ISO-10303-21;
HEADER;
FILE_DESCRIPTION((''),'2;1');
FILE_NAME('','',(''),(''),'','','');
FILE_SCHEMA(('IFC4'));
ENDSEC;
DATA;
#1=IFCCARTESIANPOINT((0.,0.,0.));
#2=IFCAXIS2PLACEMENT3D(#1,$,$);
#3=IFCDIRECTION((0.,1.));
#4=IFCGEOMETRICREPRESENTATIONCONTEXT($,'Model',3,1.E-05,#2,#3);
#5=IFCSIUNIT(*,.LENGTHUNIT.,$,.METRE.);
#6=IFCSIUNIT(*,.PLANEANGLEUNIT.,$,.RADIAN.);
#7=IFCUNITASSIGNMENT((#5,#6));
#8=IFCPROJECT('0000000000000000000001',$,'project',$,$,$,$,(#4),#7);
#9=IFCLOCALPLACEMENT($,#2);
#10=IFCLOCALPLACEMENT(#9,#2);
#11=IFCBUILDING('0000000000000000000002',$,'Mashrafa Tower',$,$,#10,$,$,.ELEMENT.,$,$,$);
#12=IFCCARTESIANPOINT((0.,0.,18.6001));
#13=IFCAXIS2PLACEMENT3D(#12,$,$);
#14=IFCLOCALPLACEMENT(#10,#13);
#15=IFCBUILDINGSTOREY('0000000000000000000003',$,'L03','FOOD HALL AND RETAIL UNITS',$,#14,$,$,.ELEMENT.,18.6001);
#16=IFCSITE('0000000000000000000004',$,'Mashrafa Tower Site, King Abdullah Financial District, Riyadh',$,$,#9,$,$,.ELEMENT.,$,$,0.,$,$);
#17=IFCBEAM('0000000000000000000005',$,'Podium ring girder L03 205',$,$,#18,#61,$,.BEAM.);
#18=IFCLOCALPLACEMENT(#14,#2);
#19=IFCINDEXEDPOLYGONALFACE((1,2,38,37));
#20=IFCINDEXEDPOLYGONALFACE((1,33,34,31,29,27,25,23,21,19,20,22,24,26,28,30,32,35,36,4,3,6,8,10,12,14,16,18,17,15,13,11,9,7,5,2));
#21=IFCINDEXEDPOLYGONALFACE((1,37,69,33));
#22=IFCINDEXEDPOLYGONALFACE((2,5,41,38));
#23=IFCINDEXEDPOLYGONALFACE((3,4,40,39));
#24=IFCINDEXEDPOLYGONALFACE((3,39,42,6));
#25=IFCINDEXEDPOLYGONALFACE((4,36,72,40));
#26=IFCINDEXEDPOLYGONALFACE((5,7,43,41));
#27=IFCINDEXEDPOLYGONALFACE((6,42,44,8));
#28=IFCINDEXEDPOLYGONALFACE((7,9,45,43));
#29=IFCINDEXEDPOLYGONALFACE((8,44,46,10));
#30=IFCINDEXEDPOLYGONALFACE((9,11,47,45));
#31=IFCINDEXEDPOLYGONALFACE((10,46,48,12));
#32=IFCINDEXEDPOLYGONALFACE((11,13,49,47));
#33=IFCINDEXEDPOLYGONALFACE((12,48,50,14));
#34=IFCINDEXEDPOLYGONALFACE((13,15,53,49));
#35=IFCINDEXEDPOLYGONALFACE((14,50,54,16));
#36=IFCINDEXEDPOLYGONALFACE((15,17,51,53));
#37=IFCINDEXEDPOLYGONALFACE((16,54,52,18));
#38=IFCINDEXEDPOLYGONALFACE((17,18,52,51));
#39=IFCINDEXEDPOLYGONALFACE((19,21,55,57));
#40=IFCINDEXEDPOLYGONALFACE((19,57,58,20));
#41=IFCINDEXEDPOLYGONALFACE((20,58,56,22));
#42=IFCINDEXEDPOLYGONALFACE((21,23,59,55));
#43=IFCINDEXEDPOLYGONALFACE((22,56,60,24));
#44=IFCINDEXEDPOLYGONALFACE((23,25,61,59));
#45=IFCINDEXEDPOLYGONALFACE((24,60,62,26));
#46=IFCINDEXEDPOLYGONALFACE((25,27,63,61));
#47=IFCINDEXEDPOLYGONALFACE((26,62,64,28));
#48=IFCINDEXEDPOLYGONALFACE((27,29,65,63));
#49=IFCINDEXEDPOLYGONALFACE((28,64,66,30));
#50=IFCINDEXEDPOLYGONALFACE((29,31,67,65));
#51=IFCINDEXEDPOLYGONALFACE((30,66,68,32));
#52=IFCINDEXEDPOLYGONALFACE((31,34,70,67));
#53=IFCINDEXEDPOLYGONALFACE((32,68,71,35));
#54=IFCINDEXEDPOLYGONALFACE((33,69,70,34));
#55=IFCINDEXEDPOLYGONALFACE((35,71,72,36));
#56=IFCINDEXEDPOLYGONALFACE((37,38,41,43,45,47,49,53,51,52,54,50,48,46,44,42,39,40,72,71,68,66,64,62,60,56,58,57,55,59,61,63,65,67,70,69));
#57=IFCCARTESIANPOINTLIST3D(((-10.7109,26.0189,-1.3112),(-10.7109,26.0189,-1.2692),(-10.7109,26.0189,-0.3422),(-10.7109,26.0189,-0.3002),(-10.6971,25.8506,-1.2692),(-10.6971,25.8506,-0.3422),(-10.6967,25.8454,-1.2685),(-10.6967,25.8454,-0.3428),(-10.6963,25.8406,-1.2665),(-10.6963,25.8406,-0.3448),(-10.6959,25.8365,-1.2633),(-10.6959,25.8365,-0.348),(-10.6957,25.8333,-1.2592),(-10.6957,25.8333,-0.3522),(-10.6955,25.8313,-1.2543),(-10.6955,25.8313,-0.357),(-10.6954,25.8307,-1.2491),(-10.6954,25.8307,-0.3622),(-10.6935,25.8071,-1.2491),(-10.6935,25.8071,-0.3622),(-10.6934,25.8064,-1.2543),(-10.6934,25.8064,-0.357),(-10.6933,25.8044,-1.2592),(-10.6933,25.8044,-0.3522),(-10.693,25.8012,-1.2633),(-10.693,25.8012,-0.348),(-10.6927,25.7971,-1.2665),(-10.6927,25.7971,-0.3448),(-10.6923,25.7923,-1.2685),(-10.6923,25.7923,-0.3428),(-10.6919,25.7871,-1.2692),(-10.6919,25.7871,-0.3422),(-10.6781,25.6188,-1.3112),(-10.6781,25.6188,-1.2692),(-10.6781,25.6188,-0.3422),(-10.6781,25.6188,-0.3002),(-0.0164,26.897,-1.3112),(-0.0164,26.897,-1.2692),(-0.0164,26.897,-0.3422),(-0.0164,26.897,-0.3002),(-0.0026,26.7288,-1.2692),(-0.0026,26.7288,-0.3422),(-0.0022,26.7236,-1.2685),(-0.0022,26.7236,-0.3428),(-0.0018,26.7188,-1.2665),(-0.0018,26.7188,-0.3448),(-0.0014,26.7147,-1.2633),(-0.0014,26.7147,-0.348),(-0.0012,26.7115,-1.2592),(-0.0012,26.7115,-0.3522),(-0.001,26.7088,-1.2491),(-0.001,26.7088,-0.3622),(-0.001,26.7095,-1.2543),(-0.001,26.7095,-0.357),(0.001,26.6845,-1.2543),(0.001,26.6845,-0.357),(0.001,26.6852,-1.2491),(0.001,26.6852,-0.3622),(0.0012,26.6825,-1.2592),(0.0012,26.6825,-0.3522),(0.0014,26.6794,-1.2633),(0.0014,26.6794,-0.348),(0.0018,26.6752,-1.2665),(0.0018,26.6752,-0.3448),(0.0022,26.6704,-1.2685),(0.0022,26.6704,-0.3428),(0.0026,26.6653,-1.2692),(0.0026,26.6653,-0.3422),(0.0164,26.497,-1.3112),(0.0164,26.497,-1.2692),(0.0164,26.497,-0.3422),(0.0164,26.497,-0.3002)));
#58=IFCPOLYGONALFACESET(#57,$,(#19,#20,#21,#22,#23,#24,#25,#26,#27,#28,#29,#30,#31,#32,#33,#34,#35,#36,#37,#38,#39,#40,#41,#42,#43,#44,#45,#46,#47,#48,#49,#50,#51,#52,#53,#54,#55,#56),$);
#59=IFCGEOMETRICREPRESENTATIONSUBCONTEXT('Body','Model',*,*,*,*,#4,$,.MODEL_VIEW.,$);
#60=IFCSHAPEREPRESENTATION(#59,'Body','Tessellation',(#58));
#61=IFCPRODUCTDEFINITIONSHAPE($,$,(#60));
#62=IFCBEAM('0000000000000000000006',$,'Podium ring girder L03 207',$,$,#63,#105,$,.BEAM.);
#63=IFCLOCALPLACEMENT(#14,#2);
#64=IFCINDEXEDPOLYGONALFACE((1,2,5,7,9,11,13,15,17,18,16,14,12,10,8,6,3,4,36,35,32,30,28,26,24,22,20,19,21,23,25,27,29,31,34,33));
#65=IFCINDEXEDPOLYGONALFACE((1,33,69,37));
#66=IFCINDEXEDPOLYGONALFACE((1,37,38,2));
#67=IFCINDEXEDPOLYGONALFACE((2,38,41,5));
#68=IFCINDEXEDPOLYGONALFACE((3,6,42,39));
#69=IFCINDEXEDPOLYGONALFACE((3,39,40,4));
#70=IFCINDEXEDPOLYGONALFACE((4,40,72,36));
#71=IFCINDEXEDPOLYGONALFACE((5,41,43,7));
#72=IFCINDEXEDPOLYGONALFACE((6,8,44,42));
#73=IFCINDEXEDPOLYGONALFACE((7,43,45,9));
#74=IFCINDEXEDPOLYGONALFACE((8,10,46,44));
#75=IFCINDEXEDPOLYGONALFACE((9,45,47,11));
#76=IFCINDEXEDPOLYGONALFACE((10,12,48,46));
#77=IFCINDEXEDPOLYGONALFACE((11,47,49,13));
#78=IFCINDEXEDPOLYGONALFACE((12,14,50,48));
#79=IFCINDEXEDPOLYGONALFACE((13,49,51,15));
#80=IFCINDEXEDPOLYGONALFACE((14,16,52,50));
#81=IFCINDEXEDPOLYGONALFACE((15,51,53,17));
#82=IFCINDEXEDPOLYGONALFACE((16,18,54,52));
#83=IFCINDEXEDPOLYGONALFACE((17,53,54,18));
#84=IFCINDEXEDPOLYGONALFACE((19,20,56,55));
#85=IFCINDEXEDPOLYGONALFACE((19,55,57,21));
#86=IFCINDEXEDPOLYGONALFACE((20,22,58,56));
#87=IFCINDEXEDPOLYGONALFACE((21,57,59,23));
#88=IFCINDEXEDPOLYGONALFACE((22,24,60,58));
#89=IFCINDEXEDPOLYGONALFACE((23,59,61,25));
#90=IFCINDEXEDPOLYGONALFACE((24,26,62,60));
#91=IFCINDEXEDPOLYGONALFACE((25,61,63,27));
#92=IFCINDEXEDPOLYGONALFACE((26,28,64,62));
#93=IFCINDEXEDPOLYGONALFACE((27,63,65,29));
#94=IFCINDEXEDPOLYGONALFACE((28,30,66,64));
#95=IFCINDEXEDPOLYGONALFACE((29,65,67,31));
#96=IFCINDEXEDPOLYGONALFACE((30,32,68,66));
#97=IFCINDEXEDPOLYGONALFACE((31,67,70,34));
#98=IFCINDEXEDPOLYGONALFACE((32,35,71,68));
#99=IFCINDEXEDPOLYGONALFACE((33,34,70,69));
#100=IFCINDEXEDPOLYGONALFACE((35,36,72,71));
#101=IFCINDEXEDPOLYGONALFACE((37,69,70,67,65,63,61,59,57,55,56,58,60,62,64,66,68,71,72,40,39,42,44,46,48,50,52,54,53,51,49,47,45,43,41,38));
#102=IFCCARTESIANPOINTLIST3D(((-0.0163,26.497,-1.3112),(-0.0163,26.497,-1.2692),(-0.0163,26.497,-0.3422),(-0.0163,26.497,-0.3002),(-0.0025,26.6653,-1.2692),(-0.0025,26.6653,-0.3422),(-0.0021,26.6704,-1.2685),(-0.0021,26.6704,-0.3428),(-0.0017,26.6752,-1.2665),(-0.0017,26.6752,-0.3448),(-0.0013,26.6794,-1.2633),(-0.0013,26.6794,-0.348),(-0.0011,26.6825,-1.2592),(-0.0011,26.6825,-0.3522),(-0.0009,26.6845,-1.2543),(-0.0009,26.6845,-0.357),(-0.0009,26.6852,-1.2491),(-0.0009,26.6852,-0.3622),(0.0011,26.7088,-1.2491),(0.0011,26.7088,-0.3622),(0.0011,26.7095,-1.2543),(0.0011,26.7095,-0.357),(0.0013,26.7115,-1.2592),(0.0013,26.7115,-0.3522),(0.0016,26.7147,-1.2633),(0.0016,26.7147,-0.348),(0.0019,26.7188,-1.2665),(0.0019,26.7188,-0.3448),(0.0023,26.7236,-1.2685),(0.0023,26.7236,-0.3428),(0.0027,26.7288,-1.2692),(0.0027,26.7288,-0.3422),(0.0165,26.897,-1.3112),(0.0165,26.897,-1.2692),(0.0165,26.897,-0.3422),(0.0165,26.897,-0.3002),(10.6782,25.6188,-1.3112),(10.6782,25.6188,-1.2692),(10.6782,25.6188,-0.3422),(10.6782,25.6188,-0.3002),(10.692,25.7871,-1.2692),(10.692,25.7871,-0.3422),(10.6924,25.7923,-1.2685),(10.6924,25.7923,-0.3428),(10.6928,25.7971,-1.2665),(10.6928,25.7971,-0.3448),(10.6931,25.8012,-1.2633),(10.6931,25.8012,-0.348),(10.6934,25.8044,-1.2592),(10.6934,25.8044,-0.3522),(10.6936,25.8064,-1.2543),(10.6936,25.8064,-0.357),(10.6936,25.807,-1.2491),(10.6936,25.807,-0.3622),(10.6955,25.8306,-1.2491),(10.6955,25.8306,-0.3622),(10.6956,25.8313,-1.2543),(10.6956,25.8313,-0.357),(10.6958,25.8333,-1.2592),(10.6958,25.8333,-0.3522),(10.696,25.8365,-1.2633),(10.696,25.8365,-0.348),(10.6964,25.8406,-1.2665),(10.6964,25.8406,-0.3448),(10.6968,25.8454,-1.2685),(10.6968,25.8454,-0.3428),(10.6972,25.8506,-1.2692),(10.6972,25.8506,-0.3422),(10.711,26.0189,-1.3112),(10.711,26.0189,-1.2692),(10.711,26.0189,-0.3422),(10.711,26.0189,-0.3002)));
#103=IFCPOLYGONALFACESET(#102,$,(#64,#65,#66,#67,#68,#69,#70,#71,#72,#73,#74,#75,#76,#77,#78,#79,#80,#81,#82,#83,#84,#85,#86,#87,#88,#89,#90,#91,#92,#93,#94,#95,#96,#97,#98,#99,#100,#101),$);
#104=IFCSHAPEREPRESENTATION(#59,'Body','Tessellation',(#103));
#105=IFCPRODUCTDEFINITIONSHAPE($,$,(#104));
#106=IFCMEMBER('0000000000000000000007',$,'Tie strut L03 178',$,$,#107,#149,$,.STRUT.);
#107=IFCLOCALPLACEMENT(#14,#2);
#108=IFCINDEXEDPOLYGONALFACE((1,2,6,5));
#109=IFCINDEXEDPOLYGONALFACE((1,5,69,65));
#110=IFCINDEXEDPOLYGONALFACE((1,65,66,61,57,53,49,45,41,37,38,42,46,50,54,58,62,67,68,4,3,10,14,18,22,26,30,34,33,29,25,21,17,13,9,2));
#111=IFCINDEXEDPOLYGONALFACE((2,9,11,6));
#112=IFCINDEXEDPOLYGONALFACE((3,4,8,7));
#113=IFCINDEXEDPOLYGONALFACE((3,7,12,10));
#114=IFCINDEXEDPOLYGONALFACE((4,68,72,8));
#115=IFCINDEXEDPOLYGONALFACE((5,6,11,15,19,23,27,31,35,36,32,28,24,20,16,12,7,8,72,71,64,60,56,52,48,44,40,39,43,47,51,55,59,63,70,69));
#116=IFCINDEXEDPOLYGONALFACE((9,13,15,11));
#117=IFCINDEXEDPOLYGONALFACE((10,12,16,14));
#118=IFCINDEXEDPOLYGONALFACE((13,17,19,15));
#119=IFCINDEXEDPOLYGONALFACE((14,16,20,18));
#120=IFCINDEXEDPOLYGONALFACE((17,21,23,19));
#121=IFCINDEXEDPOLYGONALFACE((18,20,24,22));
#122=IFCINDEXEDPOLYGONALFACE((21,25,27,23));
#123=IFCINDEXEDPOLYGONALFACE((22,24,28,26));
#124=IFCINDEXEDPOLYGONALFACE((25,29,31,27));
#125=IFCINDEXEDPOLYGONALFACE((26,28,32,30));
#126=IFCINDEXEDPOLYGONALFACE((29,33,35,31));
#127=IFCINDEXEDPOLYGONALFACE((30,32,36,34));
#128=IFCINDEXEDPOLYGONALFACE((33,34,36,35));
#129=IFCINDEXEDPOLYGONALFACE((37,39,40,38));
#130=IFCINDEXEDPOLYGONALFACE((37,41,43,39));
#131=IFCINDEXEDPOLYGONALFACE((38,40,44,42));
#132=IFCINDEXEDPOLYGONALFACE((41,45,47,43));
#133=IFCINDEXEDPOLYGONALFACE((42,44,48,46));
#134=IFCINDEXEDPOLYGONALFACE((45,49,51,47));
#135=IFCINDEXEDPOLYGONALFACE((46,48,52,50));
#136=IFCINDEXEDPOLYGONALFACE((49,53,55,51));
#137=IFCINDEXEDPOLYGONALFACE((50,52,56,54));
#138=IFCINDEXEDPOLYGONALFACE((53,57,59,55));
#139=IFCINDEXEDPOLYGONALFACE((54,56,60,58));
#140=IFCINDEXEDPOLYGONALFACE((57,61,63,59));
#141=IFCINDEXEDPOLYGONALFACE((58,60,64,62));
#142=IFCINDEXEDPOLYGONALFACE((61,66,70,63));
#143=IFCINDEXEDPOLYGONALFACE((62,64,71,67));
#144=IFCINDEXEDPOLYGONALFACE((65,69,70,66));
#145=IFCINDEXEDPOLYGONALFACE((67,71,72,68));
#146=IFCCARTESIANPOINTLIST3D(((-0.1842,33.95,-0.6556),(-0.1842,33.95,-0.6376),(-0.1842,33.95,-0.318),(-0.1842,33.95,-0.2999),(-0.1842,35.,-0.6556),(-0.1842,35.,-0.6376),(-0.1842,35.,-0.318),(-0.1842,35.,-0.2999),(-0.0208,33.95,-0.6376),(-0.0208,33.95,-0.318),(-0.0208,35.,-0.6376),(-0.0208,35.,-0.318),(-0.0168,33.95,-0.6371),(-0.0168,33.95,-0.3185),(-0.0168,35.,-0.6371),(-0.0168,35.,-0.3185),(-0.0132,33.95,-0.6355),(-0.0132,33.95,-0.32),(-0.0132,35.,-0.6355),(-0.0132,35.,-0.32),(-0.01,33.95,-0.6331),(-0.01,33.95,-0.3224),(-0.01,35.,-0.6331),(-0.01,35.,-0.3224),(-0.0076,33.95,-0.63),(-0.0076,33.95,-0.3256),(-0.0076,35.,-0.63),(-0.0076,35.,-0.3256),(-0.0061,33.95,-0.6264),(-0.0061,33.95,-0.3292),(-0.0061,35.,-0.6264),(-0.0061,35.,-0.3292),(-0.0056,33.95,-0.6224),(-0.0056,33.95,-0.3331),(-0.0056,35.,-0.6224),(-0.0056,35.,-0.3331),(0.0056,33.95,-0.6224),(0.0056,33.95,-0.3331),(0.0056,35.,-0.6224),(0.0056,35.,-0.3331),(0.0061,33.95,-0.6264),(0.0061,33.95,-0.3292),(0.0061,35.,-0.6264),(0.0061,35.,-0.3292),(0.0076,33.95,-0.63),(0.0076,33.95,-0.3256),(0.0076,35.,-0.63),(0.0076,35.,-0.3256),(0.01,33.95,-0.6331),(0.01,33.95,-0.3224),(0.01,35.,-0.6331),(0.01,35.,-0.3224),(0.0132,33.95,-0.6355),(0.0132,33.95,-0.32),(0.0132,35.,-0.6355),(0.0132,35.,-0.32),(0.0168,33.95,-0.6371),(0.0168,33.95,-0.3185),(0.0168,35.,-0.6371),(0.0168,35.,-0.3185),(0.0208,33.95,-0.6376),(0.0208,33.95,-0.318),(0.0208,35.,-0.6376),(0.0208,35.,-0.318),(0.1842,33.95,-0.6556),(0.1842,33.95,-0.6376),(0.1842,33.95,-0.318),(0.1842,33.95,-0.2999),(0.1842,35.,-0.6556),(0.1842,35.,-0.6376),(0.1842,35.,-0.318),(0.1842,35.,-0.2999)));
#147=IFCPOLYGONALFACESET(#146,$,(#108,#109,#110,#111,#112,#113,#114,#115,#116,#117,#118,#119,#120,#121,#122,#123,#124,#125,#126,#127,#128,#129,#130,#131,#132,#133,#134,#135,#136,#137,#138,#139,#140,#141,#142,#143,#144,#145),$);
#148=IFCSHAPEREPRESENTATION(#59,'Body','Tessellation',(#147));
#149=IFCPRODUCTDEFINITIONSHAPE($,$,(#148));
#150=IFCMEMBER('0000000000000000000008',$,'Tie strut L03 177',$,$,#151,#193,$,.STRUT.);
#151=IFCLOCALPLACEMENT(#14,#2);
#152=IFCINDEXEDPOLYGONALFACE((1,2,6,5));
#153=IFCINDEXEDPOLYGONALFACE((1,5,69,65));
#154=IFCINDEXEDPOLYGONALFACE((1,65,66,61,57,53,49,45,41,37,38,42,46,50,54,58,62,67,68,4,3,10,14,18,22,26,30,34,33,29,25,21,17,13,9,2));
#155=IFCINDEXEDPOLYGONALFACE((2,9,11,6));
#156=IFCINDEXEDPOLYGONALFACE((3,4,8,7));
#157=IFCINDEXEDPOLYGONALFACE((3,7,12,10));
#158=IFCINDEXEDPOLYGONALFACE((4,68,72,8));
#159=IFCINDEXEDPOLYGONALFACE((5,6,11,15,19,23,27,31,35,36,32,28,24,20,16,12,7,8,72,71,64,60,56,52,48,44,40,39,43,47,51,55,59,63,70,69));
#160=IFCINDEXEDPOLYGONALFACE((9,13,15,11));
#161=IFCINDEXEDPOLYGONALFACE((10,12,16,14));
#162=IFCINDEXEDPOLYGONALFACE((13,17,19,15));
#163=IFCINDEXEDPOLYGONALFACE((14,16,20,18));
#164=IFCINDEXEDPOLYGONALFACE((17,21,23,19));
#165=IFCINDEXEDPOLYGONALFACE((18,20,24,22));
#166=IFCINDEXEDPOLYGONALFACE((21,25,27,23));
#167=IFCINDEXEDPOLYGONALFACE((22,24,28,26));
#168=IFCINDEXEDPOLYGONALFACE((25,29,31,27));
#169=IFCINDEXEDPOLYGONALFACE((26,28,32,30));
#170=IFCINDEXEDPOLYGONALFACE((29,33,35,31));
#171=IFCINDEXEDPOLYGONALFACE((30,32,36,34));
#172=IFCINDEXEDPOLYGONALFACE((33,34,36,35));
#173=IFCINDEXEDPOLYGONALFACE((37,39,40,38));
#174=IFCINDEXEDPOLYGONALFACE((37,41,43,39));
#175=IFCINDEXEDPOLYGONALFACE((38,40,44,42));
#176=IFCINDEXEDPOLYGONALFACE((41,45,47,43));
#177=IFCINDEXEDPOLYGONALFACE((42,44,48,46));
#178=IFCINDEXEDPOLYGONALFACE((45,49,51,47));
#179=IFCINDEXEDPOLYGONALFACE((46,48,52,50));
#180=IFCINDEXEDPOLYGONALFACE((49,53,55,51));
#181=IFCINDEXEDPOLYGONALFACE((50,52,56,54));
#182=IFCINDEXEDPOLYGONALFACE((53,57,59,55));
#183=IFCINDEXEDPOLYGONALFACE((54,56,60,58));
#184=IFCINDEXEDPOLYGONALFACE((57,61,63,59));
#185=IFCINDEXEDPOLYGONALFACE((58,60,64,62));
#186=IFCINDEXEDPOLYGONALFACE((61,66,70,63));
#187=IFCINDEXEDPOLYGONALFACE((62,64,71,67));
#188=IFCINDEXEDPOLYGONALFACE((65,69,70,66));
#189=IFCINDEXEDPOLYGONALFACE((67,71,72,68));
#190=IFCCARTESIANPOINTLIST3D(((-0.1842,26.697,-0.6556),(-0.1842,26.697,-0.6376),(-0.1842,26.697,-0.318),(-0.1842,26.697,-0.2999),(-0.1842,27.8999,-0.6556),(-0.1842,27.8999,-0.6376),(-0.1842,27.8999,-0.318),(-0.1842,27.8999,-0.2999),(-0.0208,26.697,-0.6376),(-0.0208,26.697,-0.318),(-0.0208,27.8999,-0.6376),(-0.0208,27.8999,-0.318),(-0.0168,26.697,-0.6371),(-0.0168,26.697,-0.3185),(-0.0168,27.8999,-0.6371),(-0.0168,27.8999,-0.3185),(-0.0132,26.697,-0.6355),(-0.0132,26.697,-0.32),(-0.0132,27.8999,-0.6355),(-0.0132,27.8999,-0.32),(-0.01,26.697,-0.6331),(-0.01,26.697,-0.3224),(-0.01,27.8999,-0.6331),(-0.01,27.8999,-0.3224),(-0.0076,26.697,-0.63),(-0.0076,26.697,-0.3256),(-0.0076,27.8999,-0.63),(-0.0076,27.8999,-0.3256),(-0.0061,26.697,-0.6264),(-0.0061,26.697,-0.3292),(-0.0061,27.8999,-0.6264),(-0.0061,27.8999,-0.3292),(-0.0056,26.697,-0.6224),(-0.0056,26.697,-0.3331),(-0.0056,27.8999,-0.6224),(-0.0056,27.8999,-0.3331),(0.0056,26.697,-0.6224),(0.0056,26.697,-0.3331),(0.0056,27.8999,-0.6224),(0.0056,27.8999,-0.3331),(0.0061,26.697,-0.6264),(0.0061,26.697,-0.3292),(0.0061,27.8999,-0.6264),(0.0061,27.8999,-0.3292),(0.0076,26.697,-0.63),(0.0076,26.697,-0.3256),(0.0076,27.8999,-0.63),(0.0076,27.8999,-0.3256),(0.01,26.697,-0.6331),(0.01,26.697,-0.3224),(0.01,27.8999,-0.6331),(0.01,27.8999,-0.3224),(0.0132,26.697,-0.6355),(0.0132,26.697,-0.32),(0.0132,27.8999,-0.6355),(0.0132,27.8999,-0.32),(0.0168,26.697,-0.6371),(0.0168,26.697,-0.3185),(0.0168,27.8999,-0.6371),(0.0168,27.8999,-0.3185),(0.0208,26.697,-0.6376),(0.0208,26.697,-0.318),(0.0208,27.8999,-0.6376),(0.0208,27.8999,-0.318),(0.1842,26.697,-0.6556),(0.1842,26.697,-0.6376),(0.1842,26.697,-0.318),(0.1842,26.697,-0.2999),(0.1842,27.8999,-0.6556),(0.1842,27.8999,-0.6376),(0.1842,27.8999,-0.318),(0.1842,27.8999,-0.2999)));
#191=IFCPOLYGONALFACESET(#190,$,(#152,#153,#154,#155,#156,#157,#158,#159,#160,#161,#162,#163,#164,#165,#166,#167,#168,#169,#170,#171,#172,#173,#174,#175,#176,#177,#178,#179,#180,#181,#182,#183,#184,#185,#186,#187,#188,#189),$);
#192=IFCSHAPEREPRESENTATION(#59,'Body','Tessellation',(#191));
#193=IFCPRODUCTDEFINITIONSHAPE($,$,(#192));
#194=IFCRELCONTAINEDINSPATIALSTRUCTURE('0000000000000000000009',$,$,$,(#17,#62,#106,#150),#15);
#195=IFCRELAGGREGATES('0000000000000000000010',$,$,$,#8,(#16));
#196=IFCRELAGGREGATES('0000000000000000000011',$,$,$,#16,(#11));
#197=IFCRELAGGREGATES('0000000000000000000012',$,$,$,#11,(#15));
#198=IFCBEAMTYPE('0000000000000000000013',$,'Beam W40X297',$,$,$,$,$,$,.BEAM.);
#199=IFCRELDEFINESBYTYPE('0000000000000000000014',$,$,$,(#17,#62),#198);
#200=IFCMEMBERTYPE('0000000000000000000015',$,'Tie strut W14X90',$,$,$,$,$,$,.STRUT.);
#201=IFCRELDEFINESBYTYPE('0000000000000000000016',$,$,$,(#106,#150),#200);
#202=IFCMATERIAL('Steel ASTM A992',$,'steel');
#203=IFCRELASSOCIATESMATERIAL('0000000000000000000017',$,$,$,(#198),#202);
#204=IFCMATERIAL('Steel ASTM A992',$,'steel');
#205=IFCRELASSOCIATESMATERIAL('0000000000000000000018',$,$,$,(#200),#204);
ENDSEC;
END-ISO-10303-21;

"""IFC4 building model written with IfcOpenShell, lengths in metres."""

from ifc_helpers import new_model, si_unit, direction, frame, origin, origin_2d, place, context, subcontext, project, spatial, i_section, extrude, source, transform, mapped, material, material_profile, profile_set, type_object, type_shapes, element, save


model = new_model("IFC4")

# Units and contexts
model_context = context("Model", 3, precision=1e-05, world=origin(), true_north=direction((0.0, 1.0)))
body_context = subcontext(model_context, "Body", "Model", "MODEL_VIEW")
ifc_project = project(units=[si_unit("LENGTHUNIT", "METRE"), si_unit("PLANEANGLEUNIT", "RADIAN")], contexts=[model_context])

# Site, building, storey
site_placement = place(None, origin())
site = spatial("IfcSite", under=ifc_project, at=site_placement, Name="Mashrafa Tower Site, King Abdullah Financial District, Riyadh", CompositionType="ELEMENT", RefElevation=0.0)
building_placement = place(site_placement, origin())
building = spatial("IfcBuilding", under=site, at=building_placement, Name="Mashrafa Tower", CompositionType="ELEMENT")
storey_placement = place(building_placement, frame((0.0, 0.0, 18.6001)))
storey = spatial("IfcBuildingStorey", under=building, at=storey_placement, Name="L03", Description="FOOD HALL AND RETAIL UNITS", CompositionType="ELEMENT", Elevation=18.6001)

# Beams
ifc_material_1 = material(Name="Steel ASTM A992", Category="steel")
ifc_material_profile_1 = material_profile(ifc_material_1, i_section(OverallWidth=0.4014, OverallDepth=1.011, WebThickness=0.0237, FlangeThickness=0.042, FilletRadius=0.02, at=origin_2d()), Name="W40X297")
ifc_profile_set_1 = profile_set([ifc_material_profile_1], Name="Steel ASTM A992")
beam_type_1 = type_object("IfcBeamType", Name="Beam W40X297", PredefinedType="BEAM", material=ifc_profile_set_1)
for number, where, z_axis, x_axis, name in (
    (1, (0.0, 26.697, -0.8057), (-0.996646, -0.081838, 0.0), (0.081838, -0.996646, 0.0), "Podium ring girder L03 205"),
    (2, (10.6946, 25.8188, -0.8057), (-0.996646, 0.081838, 0.0), (-0.081838, -0.996646, 0.0), "Podium ring girder L03 207"),
):
    element("IfcBeam", number, at=place(storey_placement, frame(where, z_axis=z_axis, x_axis=x_axis)), inside=storey, type_object=beam_type_1, Name=name, PredefinedType="BEAM", context=body_context, shape_type="SweptSolid", body=[
        extrude(i_section(OverallWidth=0.4014, OverallDepth=1.011, WebThickness=0.0237, FlangeThickness=0.042, FilletRadius=0.02, at=origin_2d()), origin(), (0.0, 0.0, 1.0), 10.7305),
    ])

# Members
ifc_material_2 = material(Name="Steel ASTM A992", Category="steel")
ifc_material_profile_2 = material_profile(ifc_material_2, i_section(OverallWidth=0.3684, OverallDepth=0.3557, WebThickness=0.0112, FlangeThickness=0.0181, FilletRadius=0.0151, at=origin_2d()), Name="W14X90")
ifc_profile_set_2 = profile_set([ifc_material_profile_2], Name="Steel ASTM A992")
member_type = type_object("IfcMemberType", Name="Tie strut W14X90", PredefinedType="STRUT", material=ifc_profile_set_2)
shared_shape_1 = source(origin(), body_context, "Body", "SweptSolid", [
    extrude(i_section(OverallWidth=0.3684, OverallDepth=0.3557, WebThickness=0.0112, FlangeThickness=0.0181, FilletRadius=0.0151, at=origin_2d()), origin(), (0.0, 0.0, 1.0), 1.05),
])
member_1_placement = place(storey_placement, frame((0.0, 33.95, -0.4778), z_axis=(0.0, 1.0, 0.0), x_axis=(-1.0, 0.0, 0.0)))
element("IfcMember", 3, at=member_1_placement, inside=storey, type_object=member_type, Name="Tie strut L03 178", PredefinedType="STRUT", context=body_context, shape_type="MappedRepresentation", body=[
    mapped(shared_shape_1, transform((0.0, 0.0, 0.0))),
])
shared_shape_2 = source(origin(), body_context, "Body", "SweptSolid", [
    extrude(i_section(OverallWidth=0.3684, OverallDepth=0.3557, WebThickness=0.0112, FlangeThickness=0.0181, FilletRadius=0.0151, at=origin_2d()), origin(), (0.0, 0.0, 1.0), 1.2029),
])
type_shapes(member_type, [shared_shape_1, shared_shape_2])
member_2_placement = place(storey_placement, frame((0.0, 26.697, -0.4778), z_axis=(0.0, 1.0, 0.0), x_axis=(-1.0, 0.0, 0.0)))
element("IfcMember", 4, at=member_2_placement, inside=storey, type_object=member_type, Name="Tie strut L03 177", PredefinedType="STRUT", context=body_context, shape_type="MappedRepresentation", body=[
    mapped(shared_shape_2, transform((0.0, 0.0, 0.0))),
])

save(model, "model.ifc")
